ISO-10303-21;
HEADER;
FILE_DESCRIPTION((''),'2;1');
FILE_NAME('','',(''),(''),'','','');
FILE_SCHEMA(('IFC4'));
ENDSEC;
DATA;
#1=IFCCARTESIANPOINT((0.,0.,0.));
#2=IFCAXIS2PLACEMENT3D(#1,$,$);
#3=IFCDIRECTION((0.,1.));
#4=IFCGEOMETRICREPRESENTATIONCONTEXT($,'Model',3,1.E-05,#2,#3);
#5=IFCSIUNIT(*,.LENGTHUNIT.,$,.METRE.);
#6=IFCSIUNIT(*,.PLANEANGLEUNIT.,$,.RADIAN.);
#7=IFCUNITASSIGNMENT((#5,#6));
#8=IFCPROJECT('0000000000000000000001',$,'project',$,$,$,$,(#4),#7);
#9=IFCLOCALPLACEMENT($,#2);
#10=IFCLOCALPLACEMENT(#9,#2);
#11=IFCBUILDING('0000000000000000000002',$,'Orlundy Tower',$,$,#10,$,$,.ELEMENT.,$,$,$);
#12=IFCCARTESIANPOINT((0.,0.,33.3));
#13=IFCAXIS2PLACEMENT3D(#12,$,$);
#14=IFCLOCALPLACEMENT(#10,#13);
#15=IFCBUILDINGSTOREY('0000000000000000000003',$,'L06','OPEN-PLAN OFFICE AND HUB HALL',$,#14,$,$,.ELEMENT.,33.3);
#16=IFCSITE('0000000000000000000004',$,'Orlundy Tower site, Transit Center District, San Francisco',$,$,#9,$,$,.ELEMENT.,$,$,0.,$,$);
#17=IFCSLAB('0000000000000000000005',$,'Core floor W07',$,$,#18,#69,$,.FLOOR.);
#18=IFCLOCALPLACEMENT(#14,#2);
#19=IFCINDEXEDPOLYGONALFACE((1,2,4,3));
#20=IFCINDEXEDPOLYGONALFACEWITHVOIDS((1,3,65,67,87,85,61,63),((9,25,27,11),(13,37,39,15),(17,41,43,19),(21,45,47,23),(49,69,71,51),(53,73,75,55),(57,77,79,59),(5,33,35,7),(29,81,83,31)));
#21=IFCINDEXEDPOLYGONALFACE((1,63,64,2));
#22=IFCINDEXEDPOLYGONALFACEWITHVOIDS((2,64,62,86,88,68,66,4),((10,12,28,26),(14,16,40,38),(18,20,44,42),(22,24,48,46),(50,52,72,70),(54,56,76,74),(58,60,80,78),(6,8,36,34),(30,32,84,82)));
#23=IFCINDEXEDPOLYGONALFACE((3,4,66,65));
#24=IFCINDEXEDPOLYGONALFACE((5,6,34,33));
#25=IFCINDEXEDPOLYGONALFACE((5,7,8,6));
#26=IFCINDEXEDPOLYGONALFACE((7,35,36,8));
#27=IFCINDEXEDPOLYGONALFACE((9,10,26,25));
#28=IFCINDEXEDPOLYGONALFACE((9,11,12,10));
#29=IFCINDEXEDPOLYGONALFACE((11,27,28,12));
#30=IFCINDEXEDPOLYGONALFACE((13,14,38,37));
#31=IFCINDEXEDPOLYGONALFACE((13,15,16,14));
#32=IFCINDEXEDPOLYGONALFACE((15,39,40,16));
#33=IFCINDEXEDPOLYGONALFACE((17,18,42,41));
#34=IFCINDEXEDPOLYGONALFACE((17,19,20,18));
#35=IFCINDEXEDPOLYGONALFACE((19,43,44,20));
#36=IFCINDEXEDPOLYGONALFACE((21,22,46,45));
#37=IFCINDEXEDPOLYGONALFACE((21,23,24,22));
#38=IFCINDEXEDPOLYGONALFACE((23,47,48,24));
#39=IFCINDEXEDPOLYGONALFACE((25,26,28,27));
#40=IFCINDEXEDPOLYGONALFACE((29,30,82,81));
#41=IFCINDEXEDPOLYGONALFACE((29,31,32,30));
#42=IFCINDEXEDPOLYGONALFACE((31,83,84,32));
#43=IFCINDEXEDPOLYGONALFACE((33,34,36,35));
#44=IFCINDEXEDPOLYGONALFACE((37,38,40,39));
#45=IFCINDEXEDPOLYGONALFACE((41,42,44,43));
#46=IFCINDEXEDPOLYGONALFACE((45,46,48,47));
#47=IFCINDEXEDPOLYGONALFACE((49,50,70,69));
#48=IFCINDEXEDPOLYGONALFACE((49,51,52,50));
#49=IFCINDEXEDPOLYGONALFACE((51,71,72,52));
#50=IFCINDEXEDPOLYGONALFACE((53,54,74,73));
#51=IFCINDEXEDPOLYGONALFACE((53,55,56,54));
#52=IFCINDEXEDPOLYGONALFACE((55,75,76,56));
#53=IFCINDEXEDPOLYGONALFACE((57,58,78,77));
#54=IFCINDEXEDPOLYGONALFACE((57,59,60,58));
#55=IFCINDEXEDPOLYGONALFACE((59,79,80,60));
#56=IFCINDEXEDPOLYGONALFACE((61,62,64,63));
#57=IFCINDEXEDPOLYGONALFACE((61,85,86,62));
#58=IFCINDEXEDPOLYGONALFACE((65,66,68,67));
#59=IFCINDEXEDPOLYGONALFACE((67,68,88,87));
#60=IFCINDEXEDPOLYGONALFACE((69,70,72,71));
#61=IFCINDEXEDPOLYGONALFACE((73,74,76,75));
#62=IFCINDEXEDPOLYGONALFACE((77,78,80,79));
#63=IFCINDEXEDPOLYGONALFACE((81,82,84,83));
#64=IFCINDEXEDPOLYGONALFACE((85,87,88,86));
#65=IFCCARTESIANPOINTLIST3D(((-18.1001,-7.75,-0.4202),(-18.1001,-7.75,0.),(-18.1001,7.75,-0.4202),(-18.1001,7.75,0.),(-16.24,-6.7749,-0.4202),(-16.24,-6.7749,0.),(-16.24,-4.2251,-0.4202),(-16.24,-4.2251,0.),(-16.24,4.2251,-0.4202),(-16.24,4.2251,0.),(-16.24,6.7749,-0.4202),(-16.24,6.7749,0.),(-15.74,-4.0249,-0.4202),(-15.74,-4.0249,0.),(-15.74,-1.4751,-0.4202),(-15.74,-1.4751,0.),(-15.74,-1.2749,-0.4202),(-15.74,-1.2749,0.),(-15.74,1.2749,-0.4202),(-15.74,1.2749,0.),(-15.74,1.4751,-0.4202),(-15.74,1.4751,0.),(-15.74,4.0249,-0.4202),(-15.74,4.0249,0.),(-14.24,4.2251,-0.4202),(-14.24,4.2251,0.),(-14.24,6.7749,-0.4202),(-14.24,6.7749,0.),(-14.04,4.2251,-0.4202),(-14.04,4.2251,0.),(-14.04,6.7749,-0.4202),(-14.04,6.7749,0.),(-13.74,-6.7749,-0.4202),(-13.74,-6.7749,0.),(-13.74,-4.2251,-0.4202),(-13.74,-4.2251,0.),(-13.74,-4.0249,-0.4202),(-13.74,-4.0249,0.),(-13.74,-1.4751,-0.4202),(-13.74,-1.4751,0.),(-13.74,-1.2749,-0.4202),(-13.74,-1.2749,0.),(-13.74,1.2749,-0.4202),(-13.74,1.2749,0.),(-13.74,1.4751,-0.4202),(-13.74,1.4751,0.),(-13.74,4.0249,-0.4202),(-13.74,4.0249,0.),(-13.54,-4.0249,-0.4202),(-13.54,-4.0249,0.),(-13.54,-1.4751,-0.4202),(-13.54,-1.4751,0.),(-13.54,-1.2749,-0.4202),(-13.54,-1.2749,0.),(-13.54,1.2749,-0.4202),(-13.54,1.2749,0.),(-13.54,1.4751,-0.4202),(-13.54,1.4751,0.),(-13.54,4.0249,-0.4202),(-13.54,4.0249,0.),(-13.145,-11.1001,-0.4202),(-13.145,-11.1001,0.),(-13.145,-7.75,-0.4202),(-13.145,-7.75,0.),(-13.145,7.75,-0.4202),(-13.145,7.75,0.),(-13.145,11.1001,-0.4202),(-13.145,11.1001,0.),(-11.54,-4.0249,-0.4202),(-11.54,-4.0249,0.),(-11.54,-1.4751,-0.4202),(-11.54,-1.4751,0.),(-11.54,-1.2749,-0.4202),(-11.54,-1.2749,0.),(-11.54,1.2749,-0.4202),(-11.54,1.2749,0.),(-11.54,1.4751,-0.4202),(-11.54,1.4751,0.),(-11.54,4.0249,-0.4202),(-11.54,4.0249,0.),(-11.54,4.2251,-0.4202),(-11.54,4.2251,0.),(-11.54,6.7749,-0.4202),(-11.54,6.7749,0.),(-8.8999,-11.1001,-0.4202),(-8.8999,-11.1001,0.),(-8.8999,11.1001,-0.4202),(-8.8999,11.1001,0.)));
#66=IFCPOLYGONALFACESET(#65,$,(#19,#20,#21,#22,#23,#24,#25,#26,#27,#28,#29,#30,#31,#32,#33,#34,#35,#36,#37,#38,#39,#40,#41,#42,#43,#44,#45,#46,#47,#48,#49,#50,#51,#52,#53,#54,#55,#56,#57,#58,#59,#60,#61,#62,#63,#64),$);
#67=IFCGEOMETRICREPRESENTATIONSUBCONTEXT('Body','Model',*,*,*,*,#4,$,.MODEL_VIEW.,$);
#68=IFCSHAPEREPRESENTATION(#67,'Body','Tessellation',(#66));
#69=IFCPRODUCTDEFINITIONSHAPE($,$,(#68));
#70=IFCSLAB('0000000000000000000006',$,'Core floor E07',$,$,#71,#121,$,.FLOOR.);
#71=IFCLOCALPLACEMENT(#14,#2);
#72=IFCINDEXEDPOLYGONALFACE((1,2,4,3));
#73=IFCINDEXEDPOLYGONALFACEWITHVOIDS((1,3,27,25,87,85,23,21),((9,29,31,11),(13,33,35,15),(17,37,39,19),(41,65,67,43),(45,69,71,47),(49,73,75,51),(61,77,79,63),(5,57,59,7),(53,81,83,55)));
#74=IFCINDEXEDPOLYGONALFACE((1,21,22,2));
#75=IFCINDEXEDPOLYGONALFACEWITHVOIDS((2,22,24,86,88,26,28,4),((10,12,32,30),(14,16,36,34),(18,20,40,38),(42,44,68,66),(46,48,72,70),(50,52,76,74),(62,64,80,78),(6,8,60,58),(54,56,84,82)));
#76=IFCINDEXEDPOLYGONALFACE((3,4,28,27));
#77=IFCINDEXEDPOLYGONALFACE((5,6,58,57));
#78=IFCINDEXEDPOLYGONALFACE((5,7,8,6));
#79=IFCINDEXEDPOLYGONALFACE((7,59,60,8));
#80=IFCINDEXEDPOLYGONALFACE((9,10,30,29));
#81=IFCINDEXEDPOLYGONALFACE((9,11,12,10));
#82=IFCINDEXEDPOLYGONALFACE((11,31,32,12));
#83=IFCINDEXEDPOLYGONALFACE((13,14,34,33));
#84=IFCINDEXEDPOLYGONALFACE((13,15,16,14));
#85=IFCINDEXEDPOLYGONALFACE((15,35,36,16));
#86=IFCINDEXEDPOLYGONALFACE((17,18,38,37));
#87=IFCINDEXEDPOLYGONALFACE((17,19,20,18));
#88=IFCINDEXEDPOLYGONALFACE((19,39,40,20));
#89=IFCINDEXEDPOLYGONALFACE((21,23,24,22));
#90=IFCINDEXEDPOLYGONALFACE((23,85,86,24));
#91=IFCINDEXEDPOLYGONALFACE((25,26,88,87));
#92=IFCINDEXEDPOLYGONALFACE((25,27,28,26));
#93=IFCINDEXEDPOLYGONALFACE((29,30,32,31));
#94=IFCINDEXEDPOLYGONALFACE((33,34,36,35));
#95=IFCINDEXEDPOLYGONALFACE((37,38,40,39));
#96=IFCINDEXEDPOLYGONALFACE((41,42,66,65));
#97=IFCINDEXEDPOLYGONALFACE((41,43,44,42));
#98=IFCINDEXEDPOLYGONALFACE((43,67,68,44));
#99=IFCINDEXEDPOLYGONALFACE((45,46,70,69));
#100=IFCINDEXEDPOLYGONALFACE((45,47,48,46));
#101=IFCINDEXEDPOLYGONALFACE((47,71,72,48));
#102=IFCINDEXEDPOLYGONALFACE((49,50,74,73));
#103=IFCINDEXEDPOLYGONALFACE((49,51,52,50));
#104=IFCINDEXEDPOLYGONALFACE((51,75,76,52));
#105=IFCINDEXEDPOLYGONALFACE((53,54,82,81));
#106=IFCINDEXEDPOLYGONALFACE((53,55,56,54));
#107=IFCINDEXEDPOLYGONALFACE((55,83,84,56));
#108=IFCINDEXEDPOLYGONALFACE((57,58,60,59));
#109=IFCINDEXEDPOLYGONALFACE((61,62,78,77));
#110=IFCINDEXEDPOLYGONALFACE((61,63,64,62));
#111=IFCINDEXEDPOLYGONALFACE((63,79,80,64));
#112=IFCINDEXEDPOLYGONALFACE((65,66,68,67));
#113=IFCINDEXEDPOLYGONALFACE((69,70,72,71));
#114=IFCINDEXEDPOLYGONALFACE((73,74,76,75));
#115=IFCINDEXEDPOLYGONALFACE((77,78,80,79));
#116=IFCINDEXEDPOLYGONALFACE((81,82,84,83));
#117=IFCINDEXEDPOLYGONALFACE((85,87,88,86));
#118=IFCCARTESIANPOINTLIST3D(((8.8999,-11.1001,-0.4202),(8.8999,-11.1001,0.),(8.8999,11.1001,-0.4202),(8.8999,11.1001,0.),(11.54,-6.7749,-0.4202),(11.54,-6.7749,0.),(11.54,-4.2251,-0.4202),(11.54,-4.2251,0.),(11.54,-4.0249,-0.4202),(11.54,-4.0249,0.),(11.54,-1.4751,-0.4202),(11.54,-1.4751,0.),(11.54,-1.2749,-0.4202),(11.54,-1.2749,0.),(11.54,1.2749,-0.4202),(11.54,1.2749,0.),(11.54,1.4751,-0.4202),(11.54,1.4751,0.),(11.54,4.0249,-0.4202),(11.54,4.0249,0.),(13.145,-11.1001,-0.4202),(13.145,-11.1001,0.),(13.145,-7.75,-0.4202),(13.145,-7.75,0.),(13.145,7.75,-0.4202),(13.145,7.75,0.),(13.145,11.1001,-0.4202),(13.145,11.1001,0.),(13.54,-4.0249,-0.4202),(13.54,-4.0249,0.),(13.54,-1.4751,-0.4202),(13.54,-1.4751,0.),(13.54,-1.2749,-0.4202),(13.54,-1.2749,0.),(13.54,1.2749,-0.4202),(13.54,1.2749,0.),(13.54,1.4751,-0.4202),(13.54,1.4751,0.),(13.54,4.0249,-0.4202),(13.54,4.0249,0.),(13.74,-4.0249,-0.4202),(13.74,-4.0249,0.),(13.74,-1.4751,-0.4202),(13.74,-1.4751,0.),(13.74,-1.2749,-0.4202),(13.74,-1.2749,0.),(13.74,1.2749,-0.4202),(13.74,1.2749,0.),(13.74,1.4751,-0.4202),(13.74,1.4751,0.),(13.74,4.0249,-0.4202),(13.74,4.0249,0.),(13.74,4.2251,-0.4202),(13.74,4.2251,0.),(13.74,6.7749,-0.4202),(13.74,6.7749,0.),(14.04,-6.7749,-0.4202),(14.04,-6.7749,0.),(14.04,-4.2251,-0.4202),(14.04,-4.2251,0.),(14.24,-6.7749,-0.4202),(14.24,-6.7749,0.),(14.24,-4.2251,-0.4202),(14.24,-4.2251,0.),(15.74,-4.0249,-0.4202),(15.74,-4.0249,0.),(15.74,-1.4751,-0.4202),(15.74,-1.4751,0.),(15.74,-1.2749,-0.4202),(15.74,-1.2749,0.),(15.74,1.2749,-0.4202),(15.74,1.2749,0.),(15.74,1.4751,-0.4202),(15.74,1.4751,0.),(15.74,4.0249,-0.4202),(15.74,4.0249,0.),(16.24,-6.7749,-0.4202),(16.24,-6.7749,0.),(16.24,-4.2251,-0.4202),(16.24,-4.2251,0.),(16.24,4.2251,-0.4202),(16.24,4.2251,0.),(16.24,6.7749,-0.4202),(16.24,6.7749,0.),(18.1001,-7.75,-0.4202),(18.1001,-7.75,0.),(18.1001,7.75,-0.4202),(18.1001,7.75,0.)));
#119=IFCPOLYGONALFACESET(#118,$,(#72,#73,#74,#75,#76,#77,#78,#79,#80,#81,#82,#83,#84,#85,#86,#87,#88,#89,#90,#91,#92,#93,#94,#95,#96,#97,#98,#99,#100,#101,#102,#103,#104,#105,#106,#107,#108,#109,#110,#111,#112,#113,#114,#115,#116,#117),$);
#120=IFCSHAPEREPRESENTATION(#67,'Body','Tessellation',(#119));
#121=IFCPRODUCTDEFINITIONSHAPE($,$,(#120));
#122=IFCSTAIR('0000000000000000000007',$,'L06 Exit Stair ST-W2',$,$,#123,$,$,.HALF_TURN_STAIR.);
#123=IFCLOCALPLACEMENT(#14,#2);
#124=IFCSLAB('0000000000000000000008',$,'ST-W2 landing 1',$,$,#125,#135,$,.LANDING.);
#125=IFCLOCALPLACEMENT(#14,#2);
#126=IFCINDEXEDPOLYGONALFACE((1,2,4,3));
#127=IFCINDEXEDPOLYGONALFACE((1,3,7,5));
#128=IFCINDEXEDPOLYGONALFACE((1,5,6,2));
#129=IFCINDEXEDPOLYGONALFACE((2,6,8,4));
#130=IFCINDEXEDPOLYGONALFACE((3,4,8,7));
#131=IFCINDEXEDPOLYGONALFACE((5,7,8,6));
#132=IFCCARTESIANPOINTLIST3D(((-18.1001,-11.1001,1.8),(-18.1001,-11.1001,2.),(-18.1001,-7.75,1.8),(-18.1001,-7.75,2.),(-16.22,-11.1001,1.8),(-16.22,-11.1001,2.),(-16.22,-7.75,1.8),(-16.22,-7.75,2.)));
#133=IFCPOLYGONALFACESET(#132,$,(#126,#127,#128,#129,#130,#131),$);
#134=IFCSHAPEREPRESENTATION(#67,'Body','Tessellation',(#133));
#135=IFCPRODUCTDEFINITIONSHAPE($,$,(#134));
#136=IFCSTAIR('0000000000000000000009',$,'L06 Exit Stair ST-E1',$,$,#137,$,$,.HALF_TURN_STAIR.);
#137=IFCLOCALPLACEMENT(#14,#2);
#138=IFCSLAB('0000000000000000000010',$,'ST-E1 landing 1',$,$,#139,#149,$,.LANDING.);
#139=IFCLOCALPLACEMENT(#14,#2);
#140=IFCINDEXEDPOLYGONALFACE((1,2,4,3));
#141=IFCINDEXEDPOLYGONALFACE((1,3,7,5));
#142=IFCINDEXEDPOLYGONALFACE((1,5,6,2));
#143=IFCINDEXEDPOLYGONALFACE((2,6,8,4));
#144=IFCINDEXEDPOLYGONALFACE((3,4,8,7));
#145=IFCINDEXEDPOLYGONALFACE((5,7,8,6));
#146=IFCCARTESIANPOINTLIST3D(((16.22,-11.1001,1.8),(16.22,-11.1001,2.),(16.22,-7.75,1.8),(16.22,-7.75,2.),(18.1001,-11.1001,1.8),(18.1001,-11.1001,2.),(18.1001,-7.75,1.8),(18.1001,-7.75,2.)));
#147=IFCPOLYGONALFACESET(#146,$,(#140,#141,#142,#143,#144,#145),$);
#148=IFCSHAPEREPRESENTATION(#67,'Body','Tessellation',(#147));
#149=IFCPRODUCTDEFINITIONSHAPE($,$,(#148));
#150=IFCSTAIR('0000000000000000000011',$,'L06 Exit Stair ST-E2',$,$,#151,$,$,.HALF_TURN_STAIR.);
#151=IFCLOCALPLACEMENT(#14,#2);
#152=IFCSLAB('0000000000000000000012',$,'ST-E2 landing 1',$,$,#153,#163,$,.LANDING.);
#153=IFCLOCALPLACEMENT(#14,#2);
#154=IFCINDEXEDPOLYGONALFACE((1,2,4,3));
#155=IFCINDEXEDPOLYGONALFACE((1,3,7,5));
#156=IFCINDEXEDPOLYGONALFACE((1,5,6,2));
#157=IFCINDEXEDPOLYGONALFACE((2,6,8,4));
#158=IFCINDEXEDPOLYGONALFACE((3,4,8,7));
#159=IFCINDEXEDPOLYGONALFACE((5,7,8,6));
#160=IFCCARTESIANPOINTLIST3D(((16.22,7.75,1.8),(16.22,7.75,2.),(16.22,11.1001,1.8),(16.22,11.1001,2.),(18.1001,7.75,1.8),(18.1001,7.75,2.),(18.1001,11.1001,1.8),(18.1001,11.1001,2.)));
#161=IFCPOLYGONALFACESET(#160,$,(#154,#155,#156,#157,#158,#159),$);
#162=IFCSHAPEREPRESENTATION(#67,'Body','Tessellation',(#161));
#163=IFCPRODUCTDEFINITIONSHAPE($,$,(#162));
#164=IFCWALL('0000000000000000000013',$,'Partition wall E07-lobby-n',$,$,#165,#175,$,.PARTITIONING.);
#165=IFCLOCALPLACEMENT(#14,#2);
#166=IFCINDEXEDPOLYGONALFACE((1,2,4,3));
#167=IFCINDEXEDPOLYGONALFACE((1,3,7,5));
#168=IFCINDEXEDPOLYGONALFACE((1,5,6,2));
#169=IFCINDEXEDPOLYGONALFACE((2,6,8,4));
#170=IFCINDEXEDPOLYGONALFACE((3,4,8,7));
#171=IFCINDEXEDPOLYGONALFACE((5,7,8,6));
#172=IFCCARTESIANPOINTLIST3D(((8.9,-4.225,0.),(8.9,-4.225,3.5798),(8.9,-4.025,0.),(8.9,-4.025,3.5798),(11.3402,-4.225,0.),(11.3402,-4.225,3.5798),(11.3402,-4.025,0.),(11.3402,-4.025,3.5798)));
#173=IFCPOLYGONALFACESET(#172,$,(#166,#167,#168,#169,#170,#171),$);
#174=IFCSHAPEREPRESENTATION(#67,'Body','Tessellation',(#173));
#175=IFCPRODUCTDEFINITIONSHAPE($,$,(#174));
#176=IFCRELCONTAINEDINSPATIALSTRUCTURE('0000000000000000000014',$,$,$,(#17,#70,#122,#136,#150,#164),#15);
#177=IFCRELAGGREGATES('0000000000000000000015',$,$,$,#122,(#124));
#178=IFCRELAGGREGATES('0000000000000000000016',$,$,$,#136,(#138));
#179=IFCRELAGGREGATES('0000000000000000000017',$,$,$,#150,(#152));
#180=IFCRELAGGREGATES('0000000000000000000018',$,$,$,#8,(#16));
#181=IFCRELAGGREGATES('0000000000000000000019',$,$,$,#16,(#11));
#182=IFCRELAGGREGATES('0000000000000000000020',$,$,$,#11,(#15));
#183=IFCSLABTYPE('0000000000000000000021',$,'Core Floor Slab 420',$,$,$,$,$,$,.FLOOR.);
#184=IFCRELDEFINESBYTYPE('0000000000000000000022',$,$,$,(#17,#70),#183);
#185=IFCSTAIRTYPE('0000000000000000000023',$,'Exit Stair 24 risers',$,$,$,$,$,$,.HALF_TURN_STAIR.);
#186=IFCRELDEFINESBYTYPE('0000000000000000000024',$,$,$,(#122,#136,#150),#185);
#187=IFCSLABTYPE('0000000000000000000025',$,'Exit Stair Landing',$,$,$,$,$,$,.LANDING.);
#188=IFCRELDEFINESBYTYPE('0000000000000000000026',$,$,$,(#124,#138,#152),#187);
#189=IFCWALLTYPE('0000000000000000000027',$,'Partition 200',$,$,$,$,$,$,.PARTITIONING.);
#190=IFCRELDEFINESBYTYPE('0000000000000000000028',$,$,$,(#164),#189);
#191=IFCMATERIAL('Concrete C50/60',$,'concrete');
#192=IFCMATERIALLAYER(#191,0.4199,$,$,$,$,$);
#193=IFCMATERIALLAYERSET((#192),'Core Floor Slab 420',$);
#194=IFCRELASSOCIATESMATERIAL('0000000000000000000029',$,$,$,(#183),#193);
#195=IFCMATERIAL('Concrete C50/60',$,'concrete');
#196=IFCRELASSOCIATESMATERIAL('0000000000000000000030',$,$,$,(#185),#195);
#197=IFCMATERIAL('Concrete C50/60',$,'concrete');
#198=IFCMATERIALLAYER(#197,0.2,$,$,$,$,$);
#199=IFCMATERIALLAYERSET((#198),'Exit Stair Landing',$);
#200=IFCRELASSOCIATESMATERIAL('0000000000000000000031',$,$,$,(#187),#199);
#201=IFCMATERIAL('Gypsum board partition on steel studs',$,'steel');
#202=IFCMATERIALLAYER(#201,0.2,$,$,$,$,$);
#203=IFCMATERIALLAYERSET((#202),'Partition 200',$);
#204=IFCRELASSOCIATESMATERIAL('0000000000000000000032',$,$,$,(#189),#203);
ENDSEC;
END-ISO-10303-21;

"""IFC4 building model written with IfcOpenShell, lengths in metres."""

from ifc_helpers import new_model, si_unit, direction, frame, frame_2d, origin, place, context, subcontext, project, spatial, polyline, rectangle, outline, extrude, material, layer, layer_set, type_object, element, aggregate, save


model = new_model("IFC4")

# Units and contexts
model_context = context("Model", 3, precision=1e-05, world=origin(), true_north=direction((0.0, 1.0)))
body_context = subcontext(model_context, "Body", "Model", "MODEL_VIEW")
ifc_project = project(units=[si_unit("LENGTHUNIT", "METRE"), si_unit("PLANEANGLEUNIT", "RADIAN")], contexts=[model_context])

# Site, building, storey
site_placement = place(None, origin())
site = spatial("IfcSite", under=ifc_project, at=site_placement, Name="Orlundy Tower site, Transit Center District, San Francisco", CompositionType="ELEMENT", RefElevation=0.0)
building_placement = place(site_placement, origin())
building = spatial("IfcBuilding", under=site, at=building_placement, Name="Orlundy Tower", CompositionType="ELEMENT")
storey_placement = place(building_placement, frame((0.0, 0.0, 33.3)))
storey = spatial("IfcBuildingStorey", under=building, at=storey_placement, Name="L06", Description="OPEN-PLAN OFFICE AND HUB HALL", CompositionType="ELEMENT", Elevation=33.3)

# Slabs
ifc_material_1 = material(Name="Concrete C50/60", Category="concrete")
ifc_layer_1 = layer(ifc_material_1, 0.4199)
ifc_layer_set_1 = layer_set([ifc_layer_1], Name="Core Floor Slab 420")
slab_type_1 = type_object("IfcSlabType", Name="Core Floor Slab 420", PredefinedType="FLOOR", material=ifc_layer_set_1)
slab_1_placement = place(storey_placement, frame((0.0, 0.0, -0.4202)))
element("IfcSlab", 1, at=slab_1_placement, inside=storey, type_object=slab_type_1, Name="Core floor W07", PredefinedType="FLOOR", context=body_context, shape_type="SweptSolid", body=[
    extrude(outline(polyline([(-13.145, 7.75), (-13.145, 11.1001), (-8.8999, 11.1001), (-8.8999, -11.1001), (-13.145, -11.1001), (-13.145, -7.75), (-18.1001, -7.75), (-18.1001, 7.75), (-13.145, 7.75)]), holes=[polyline([(-16.24, -6.7749), (-13.74, -6.7749), (-13.74, -4.2251), (-16.24, -4.2251), (-16.24, -6.7749)]), polyline([(-13.54, -1.4751), (-13.54, -4.0249), (-11.54, -4.0249), (-11.54, -1.4751), (-13.54, -1.4751)]), polyline([(-13.74, -1.4751), (-15.74, -1.4751), (-15.74, -4.0249), (-13.74, -4.0249), (-13.74, -1.4751)]), polyline([(-11.54, -1.2749), (-11.54, 1.2749), (-13.54, 1.2749), (-13.54, -1.2749), (-11.54, -1.2749)]), polyline([(-15.74, -1.2749), (-13.74, -1.2749), (-13.74, 1.2749), (-15.74, 1.2749), (-15.74, -1.2749)]), polyline([(-13.54, 4.0249), (-13.54, 1.4751), (-11.54, 1.4751), (-11.54, 4.0249), (-13.54, 4.0249)]), polyline([(-13.74, 4.0249), (-15.74, 4.0249), (-15.74, 1.4751), (-13.74, 1.4751), (-13.74, 4.0249)]), polyline([(-11.54, 4.2251), (-11.54, 6.7749), (-14.04, 6.7749), (-14.04, 4.2251), (-11.54, 4.2251)]), polyline([(-16.24, 4.2251), (-14.24, 4.2251), (-14.24, 6.7749), (-16.24, 6.7749), (-16.24, 4.2251)])]), origin(), (0.0, 0.0, 1.0), 0.4202),
])
slab_2_placement = place(storey_placement, frame((0.0, 0.0, -0.4202)))
element("IfcSlab", 2, at=slab_2_placement, inside=storey, type_object=slab_type_1, Name="Core floor E07", PredefinedType="FLOOR", context=body_context, shape_type="SweptSolid", body=[
    extrude(outline(polyline([(13.145, -7.75), (13.145, -11.1001), (8.8999, -11.1001), (8.8999, 11.1001), (13.145, 11.1001), (13.145, 7.75), (18.1001, 7.75), (18.1001, -7.75), (13.145, -7.75)]), holes=[polyline([(16.24, 6.7749), (13.74, 6.7749), (13.74, 4.2251), (16.24, 4.2251), (16.24, 6.7749)]), polyline([(13.54, 1.4751), (13.54, 4.0249), (11.54, 4.0249), (11.54, 1.4751), (13.54, 1.4751)]), polyline([(13.74, 1.4751), (15.74, 1.4751), (15.74, 4.0249), (13.74, 4.0249), (13.74, 1.4751)]), polyline([(11.54, 1.2749), (11.54, -1.2749), (13.54, -1.2749), (13.54, 1.2749), (11.54, 1.2749)]), polyline([(15.74, 1.2749), (13.74, 1.2749), (13.74, -1.2749), (15.74, -1.2749), (15.74, 1.2749)]), polyline([(13.54, -4.0249), (13.54, -1.4751), (11.54, -1.4751), (11.54, -4.0249), (13.54, -4.0249)]), polyline([(13.74, -4.0249), (15.74, -4.0249), (15.74, -1.4751), (13.74, -1.4751), (13.74, -4.0249)]), polyline([(11.54, -4.2251), (11.54, -6.7749), (14.04, -6.7749), (14.04, -4.2251), (11.54, -4.2251)]), polyline([(16.24, -4.2251), (14.24, -4.2251), (14.24, -6.7749), (16.24, -6.7749), (16.24, -4.2251)])]), origin(), (0.0, 0.0, 1.0), 0.4202),
])

# Stairs, slabs
ifc_material_2 = material(Name="Concrete C50/60", Category="concrete")
stair_type = type_object("IfcStairType", Name="Exit Stair 24 risers", PredefinedType="HALF_TURN_STAIR", material=ifc_material_2)
stair_1_placement = place(storey_placement, origin())
stair_1 = element("IfcStair", 3, at=stair_1_placement, inside=storey, type_object=stair_type, Name="L06 Exit Stair ST-W2", PredefinedType="HALF_TURN_STAIR")
ifc_material_3 = material(Name="Concrete C50/60", Category="concrete")
ifc_layer_2 = layer(ifc_material_3, 0.2)
ifc_layer_set_2 = layer_set([ifc_layer_2], Name="Exit Stair Landing")
slab_type_2 = type_object("IfcSlabType", Name="Exit Stair Landing", PredefinedType="LANDING", material=ifc_layer_set_2)
slab_3_placement = place(storey_placement, frame((0.0, 0.0, 1.8)))
slab_3 = element("IfcSlab", 4, at=slab_3_placement, type_object=slab_type_2, Name="ST-W2 landing 1", PredefinedType="LANDING", context=body_context, shape_type="SweptSolid", body=[
    extrude(outline(polyline([(-16.22, -7.75), (-18.1001, -7.75), (-18.1001, -11.1001), (-16.22, -11.1001), (-16.22, -7.75)])), origin(), (0.0, 0.0, 1.0), 0.2),
])
aggregate(stair_1, [slab_3])
stair_2_placement = place(storey_placement, origin())
stair_2 = element("IfcStair", 5, at=stair_2_placement, inside=storey, type_object=stair_type, Name="L06 Exit Stair ST-E1", PredefinedType="HALF_TURN_STAIR")
slab_4_placement = place(storey_placement, frame((0.0, 0.0, 1.8)))
slab_4 = element("IfcSlab", 6, at=slab_4_placement, type_object=slab_type_2, Name="ST-E1 landing 1", PredefinedType="LANDING", context=body_context, shape_type="SweptSolid", body=[
    extrude(outline(polyline([(16.22, -11.1001), (18.1001, -11.1001), (18.1001, -7.75), (16.22, -7.75), (16.22, -11.1001)])), origin(), (0.0, 0.0, 1.0), 0.2),
])
aggregate(stair_2, [slab_4])
stair_3_placement = place(storey_placement, origin())
stair_3 = element("IfcStair", 7, at=stair_3_placement, inside=storey, type_object=stair_type, Name="L06 Exit Stair ST-E2", PredefinedType="HALF_TURN_STAIR")
slab_5_placement = place(storey_placement, frame((0.0, 0.0, 1.8)))
slab_5 = element("IfcSlab", 8, at=slab_5_placement, type_object=slab_type_2, Name="ST-E2 landing 1", PredefinedType="LANDING", context=body_context, shape_type="SweptSolid", body=[
    extrude(outline(polyline([(16.22, 7.75), (18.1001, 7.75), (18.1001, 11.1001), (16.22, 11.1001), (16.22, 7.75)])), origin(), (0.0, 0.0, 1.0), 0.2),
])
aggregate(stair_3, [slab_5])

# Wall
ifc_material_4 = material(Name="Gypsum board partition on steel studs", Category="steel")
ifc_layer_3 = layer(ifc_material_4, 0.2)
ifc_layer_set_3 = layer_set([ifc_layer_3], Name="Partition 200")
wall_type_1 = type_object("IfcWallType", Name="Partition 200", PredefinedType="PARTITIONING", material=ifc_layer_set_3)
wall_1_placement = place(storey_placement, frame((8.8999, -4.125, 0.0), z_axis=(0.0, 0.0, 1.0), x_axis=(1.0, 0.0, 0.0)))
element("IfcWall", 9, at=wall_1_placement, inside=storey, type_object=wall_type_1, Name="Partition wall E07-lobby-n", PredefinedType="PARTITIONING", context=body_context, shape_type="SweptSolid", body=[
    extrude(rectangle(XDim=2.4402, YDim=0.2, at=frame_2d((1.2202, 0.0))), origin(), (0.0, 0.0, 1.0), 3.5798),
])

save(model, "model.ifc")
